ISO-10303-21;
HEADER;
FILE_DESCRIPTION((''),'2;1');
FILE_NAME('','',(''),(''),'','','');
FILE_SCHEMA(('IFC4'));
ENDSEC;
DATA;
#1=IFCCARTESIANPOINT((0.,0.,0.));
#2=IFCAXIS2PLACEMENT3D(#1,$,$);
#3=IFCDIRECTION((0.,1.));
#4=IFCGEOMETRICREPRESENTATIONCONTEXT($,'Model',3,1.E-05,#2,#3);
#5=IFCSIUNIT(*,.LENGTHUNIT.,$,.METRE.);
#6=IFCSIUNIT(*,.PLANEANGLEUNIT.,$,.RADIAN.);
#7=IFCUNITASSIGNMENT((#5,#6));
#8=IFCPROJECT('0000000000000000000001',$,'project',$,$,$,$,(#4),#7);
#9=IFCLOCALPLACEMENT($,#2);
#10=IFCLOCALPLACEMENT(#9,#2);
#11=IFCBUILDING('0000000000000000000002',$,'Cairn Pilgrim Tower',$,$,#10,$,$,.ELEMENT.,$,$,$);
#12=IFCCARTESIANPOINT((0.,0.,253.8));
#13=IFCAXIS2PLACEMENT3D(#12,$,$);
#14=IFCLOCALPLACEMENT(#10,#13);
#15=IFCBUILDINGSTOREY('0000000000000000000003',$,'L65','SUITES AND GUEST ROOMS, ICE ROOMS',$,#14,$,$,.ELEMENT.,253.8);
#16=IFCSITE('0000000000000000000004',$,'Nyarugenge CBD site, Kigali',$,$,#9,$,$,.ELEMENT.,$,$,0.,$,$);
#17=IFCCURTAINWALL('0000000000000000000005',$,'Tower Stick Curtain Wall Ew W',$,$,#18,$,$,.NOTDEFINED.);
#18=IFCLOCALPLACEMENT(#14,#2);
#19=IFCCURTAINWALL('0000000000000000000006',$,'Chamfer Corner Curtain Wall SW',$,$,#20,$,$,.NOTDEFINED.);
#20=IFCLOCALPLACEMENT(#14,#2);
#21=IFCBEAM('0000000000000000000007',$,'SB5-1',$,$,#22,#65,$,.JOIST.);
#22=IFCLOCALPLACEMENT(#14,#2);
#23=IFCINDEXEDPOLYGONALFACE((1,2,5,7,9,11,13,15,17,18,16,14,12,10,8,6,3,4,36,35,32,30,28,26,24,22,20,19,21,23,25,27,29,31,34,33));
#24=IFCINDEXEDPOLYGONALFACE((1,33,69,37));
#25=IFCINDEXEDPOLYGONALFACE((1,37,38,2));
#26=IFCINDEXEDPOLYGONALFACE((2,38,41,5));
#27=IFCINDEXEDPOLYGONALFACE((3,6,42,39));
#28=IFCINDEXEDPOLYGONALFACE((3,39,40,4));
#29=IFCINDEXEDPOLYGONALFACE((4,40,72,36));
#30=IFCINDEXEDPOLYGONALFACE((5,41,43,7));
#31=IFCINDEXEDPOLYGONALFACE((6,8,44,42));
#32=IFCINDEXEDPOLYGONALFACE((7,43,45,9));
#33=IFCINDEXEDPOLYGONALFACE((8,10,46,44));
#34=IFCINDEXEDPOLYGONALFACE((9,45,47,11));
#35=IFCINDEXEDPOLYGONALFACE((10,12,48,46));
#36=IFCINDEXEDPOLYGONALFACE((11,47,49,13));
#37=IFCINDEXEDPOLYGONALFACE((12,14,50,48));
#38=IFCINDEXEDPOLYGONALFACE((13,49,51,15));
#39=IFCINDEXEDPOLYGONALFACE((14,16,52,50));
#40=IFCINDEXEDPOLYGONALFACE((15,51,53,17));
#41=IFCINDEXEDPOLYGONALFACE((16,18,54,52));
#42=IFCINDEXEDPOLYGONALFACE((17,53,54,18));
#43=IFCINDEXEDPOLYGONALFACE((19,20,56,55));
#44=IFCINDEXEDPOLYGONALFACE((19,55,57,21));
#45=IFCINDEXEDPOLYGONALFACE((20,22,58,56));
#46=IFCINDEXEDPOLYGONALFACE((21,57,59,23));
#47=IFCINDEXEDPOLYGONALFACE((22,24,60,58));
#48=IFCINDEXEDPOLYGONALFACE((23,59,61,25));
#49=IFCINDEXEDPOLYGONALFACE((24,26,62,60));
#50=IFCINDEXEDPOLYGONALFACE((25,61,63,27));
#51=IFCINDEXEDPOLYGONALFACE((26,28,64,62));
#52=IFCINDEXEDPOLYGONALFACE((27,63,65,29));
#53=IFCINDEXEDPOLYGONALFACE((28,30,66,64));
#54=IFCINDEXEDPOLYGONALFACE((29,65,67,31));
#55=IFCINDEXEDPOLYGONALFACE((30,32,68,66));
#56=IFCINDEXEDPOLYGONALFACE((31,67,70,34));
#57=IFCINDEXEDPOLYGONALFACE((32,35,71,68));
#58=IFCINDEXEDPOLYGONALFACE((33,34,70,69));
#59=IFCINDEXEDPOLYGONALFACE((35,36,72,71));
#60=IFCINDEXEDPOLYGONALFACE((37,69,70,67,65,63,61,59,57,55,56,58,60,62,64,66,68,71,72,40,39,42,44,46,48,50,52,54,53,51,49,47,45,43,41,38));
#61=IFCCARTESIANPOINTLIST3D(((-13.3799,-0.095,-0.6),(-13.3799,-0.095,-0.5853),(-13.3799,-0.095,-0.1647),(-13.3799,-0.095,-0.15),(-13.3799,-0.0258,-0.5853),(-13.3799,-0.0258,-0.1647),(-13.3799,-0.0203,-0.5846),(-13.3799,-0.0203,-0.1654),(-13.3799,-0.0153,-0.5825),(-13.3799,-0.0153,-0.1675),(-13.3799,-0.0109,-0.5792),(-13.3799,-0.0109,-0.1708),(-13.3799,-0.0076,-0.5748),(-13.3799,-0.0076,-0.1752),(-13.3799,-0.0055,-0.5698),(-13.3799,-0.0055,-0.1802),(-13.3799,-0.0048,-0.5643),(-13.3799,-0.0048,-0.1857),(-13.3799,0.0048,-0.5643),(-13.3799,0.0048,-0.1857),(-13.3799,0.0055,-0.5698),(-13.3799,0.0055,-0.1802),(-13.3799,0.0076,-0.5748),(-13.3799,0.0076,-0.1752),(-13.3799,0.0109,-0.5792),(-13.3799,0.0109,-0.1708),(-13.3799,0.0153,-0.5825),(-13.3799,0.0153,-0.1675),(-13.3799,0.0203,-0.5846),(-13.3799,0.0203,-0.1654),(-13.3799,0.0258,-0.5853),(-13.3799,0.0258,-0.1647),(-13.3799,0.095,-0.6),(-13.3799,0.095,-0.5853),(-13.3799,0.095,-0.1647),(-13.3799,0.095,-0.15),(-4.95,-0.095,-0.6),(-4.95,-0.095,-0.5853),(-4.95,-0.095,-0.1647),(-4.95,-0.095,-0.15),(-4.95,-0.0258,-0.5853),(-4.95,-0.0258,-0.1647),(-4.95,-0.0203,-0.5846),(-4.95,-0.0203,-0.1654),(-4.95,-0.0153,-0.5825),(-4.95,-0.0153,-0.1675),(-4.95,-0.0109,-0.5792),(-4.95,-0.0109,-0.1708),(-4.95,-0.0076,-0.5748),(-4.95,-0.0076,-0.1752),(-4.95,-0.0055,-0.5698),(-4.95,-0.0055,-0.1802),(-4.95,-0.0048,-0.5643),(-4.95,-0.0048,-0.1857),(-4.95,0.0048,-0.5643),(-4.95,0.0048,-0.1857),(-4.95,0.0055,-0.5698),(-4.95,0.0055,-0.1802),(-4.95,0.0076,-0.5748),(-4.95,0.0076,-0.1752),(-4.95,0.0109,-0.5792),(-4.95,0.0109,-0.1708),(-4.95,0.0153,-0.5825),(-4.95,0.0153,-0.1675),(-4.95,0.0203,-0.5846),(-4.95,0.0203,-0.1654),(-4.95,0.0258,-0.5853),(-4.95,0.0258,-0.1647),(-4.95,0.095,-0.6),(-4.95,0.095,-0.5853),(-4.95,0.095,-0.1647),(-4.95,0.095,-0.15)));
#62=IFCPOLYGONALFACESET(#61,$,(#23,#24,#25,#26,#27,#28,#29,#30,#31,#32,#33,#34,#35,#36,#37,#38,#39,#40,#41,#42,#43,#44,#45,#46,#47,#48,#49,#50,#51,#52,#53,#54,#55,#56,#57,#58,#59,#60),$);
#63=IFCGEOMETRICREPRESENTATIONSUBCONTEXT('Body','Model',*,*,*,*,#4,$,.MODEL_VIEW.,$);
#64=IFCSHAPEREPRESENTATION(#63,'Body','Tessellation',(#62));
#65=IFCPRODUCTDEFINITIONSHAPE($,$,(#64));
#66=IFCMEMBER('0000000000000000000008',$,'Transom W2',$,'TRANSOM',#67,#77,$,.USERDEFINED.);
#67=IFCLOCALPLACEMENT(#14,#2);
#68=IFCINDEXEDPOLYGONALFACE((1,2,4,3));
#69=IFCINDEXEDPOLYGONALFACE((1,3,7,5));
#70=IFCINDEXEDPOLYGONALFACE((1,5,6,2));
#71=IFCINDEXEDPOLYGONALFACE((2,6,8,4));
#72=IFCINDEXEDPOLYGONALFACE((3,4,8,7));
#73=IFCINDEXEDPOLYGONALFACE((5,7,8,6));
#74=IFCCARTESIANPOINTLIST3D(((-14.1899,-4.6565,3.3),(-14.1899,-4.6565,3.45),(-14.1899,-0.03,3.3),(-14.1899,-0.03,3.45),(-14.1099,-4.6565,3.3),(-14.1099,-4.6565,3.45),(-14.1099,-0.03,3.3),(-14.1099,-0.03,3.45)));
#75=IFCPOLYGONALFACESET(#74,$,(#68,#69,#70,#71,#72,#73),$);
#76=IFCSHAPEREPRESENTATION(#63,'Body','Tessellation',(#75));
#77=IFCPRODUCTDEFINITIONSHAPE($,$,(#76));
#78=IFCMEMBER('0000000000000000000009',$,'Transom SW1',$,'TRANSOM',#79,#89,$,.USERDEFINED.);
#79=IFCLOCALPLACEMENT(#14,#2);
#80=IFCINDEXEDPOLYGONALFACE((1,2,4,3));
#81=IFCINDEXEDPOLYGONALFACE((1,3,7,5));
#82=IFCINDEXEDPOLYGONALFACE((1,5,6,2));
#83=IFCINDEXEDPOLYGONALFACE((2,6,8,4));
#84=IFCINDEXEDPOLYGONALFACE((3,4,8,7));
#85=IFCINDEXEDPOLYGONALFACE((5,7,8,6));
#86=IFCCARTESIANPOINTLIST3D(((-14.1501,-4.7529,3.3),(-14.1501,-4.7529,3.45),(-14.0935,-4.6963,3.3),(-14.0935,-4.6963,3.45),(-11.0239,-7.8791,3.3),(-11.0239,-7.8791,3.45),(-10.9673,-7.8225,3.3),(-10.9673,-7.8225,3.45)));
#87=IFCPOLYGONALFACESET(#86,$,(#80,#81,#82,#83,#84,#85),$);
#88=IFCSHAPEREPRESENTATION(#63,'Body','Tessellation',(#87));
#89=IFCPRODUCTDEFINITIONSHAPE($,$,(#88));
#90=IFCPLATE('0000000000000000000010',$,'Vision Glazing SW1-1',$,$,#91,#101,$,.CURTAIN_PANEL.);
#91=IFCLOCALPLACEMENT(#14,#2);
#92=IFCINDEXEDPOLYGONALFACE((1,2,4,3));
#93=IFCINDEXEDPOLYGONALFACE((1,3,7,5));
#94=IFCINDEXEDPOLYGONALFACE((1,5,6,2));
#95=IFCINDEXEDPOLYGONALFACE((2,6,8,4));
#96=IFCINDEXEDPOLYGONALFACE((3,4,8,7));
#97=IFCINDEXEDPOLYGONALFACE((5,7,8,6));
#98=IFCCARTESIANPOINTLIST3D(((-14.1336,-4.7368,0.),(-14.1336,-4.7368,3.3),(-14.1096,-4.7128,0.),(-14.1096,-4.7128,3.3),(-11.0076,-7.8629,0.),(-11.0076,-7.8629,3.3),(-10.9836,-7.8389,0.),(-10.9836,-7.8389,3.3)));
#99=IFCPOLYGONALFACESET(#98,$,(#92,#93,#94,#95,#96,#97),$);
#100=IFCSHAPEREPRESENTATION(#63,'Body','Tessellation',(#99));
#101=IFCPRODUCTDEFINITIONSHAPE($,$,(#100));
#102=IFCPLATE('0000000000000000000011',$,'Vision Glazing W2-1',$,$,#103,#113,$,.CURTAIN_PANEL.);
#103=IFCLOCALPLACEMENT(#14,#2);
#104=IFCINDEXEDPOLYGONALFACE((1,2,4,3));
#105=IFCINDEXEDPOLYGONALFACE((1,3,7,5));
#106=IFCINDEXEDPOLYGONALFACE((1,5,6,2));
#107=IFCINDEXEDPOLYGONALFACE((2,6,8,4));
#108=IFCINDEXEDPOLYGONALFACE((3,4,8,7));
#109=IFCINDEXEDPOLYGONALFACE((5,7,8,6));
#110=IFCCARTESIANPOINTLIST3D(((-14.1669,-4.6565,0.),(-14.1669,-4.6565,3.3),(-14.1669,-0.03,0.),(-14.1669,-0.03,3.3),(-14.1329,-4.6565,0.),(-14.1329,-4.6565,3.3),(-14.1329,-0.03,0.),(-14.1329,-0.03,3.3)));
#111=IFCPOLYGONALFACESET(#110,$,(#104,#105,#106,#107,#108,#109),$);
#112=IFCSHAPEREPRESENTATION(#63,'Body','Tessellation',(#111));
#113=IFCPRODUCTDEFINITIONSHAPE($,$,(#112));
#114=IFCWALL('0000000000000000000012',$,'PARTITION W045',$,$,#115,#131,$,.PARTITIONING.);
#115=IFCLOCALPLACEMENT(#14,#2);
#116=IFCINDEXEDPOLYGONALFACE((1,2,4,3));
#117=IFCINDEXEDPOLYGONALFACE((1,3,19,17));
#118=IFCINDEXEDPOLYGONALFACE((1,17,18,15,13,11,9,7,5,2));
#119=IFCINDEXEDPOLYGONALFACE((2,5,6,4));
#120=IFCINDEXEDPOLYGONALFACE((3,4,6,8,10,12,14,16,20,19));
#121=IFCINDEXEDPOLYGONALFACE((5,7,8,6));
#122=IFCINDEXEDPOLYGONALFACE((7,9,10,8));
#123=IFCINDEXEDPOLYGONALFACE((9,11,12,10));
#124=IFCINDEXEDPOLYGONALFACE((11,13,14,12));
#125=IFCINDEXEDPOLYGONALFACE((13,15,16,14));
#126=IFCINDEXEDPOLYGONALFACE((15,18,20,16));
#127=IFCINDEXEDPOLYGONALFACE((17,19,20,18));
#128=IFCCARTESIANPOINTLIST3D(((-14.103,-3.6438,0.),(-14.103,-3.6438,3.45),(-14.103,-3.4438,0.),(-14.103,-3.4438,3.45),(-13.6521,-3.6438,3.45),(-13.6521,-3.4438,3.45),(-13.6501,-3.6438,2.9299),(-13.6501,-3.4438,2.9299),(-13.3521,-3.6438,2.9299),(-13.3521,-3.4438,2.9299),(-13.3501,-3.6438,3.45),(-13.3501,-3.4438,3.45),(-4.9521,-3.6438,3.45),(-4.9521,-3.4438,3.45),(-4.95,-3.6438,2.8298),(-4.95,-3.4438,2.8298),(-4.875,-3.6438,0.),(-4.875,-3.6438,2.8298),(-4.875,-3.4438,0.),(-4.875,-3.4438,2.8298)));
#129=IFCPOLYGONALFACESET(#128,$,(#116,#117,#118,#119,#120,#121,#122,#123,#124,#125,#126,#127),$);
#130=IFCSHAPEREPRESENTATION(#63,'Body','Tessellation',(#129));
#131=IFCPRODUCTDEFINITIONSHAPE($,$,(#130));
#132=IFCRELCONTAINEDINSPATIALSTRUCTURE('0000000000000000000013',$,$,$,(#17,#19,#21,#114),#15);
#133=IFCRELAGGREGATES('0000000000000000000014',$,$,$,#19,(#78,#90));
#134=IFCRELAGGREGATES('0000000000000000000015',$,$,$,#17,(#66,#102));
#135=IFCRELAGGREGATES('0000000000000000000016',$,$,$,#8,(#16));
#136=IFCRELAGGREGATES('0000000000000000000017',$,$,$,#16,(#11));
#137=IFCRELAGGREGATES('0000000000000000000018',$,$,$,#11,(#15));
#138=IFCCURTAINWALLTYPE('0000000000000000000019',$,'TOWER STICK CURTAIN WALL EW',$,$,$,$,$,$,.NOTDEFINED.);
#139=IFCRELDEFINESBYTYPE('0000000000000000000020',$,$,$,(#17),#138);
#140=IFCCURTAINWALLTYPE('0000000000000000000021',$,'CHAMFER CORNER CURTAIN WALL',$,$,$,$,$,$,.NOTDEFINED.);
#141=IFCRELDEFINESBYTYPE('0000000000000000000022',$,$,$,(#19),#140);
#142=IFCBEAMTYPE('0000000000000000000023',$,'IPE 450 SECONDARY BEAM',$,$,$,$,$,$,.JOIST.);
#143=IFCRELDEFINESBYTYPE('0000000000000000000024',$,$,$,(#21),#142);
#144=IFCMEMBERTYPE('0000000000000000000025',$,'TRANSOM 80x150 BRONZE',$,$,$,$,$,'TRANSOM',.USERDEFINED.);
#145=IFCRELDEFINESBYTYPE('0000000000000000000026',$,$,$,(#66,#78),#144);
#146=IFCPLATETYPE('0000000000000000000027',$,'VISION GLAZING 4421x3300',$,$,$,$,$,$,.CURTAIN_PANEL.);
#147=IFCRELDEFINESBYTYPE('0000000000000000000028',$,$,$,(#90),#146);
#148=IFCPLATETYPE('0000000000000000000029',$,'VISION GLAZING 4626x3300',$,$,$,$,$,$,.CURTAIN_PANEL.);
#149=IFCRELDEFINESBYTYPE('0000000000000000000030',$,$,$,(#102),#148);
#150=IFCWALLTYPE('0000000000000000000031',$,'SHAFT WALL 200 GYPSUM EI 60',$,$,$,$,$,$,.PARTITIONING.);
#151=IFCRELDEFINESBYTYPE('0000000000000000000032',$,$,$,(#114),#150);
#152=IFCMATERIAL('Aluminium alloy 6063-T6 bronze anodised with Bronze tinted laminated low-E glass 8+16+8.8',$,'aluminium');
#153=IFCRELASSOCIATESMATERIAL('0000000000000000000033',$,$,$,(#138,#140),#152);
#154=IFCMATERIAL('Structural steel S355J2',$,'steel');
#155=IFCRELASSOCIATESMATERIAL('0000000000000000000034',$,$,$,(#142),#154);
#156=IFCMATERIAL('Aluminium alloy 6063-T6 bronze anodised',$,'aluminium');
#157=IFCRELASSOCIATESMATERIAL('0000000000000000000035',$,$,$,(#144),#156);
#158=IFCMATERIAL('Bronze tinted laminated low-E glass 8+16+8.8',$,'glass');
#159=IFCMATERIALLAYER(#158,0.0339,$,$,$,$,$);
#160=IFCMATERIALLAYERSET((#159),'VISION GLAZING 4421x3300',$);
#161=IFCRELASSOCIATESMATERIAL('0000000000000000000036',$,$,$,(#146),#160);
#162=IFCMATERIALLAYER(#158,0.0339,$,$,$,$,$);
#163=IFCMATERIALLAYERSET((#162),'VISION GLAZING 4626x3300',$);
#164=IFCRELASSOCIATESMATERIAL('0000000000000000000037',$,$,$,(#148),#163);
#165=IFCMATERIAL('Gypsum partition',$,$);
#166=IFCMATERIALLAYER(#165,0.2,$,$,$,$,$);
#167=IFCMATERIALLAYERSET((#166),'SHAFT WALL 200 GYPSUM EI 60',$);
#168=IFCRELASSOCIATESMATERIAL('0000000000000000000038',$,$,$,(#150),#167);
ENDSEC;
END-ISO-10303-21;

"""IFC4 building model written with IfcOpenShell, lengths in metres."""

from ifc_helpers import new_model, si_unit, direction, frame, origin, origin_2d, place, context, subcontext, project, spatial, polyline, rectangle, i_section, outline, extrude, material, layer, layer_set, material_profile, profile_set, type_object, element, aggregate, save


model = new_model("IFC4")

# Units and contexts
model_context = context("Model", 3, precision=1e-05, world=origin(), true_north=direction((0.0, 1.0)))
body_context = subcontext(model_context, "Body", "Model", "MODEL_VIEW")
ifc_project = project(units=[si_unit("LENGTHUNIT", "METRE"), si_unit("PLANEANGLEUNIT", "RADIAN")], contexts=[model_context])

# Site, building, storey
site_placement = place(None, origin())
site = spatial("IfcSite", under=ifc_project, at=site_placement, Name="Nyarugenge CBD site, Kigali", CompositionType="ELEMENT", RefElevation=0.0)
building_placement = place(site_placement, origin())
building = spatial("IfcBuilding", under=site, at=building_placement, Name="Cairn Pilgrim Tower", CompositionType="ELEMENT")
storey_placement = place(building_placement, frame((0.0, 0.0, 253.8)))
storey = spatial("IfcBuildingStorey", under=building, at=storey_placement, Name="L65", Description="SUITES AND GUEST ROOMS, ICE ROOMS", CompositionType="ELEMENT", Elevation=253.8)

# Curtain walls
ifc_material_1 = material(Name="Aluminium alloy 6063-T6 bronze anodised with Bronze tinted laminated low-E glass 8+16+8.8", Category="aluminium")
curtain_wall_type_1 = type_object("IfcCurtainWallType", Name="TOWER STICK CURTAIN WALL EW", PredefinedType="NOTDEFINED", material=ifc_material_1)
curtain_wall_1_placement = place(storey_placement, origin())
curtain_wall_1 = element("IfcCurtainWall", 1, at=curtain_wall_1_placement, inside=storey, type_object=curtain_wall_type_1, Name="Tower Stick Curtain Wall Ew W", PredefinedType="NOTDEFINED")
ifc_material_2 = material(Name="Aluminium alloy 6063-T6 bronze anodised", Category="aluminium")
curtain_wall_type_2 = type_object("IfcCurtainWallType", Name="CHAMFER CORNER CURTAIN WALL", PredefinedType="NOTDEFINED", material=ifc_material_1)
curtain_wall_2_placement = place(storey_placement, origin())
curtain_wall_2 = element("IfcCurtainWall", 2, at=curtain_wall_2_placement, inside=storey, type_object=curtain_wall_type_2, Name="Chamfer Corner Curtain Wall SW", PredefinedType="NOTDEFINED")

# Beam
ifc_material_3 = material(Name="Structural steel S355J2", Category="steel")
ifc_material_profile_1 = material_profile(ifc_material_3, i_section(OverallWidth=0.1899, OverallDepth=0.45, WebThickness=0.0095, FlangeThickness=0.0146, FilletRadius=0.021, at=origin_2d()), Name="IPE 450")
ifc_profile_set_1 = profile_set([ifc_material_profile_1], Name="Structural steel S355J2")
beam_type_1 = type_object("IfcBeamType", Name="IPE 450 SECONDARY BEAM", PredefinedType="JOIST", material=ifc_profile_set_1)
beam_1_placement = place(storey_placement, frame((-13.3799, 0.0, -0.375), z_axis=(1.0, 0.0, 0.0), x_axis=(0.0, 1.0, 0.0)))
element("IfcBeam", 3, at=beam_1_placement, inside=storey, type_object=beam_type_1, Name="SB5-1", PredefinedType="JOIST", context=body_context, shape_type="SweptSolid", body=[
    extrude(i_section(OverallWidth=0.1899, OverallDepth=0.45, WebThickness=0.0095, FlangeThickness=0.0146, FilletRadius=0.021, at=origin_2d()), origin(), (0.0, 0.0, 1.0), 8.4299),
])

# Members
ifc_material_profile_2 = material_profile(ifc_material_2, rectangle(XDim=0.0801, YDim=0.1499, at=origin_2d()), Name="TRANSOM 80x150 BRONZE")
ifc_profile_set_2 = profile_set([ifc_material_profile_2], Name="Aluminium alloy 6063-T6 bronze anodised")
member_type_1 = type_object("IfcMemberType", Name="TRANSOM 80x150 BRONZE", ElementType="TRANSOM", PredefinedType="USERDEFINED", material=ifc_profile_set_2)
member_1_placement = place(storey_placement, frame((-14.1499, -0.03, 3.375), z_axis=(0.0, -1.0, 0.0), x_axis=(1.0, 0.0, 0.0)))
member_1 = element("IfcMember", 4, at=member_1_placement, type_object=member_type_1, Name="Transom W2", ObjectType="TRANSOM", PredefinedType="USERDEFINED", context=body_context, shape_type="SweptSolid", body=[
    extrude(rectangle(XDim=0.0801, YDim=0.1499, at=origin_2d()), origin(), (0.0, 0.0, 1.0), 4.6265),
])
member_2_placement = place(storey_placement, frame((-14.1218, -4.7246, 3.375), z_axis=(0.707107, -0.707107, 0.0), x_axis=(0.707107, 0.707107, 0.0)))
member_2 = element("IfcMember", 5, at=member_2_placement, type_object=member_type_1, Name="Transom SW1", ObjectType="TRANSOM", PredefinedType="USERDEFINED", context=body_context, shape_type="SweptSolid", body=[
    extrude(rectangle(XDim=0.0801, YDim=0.1499, at=origin_2d()), origin(), (0.0, 0.0, 1.0), 4.4211),
])

# Plates
ifc_material_4 = material(Name="Bronze tinted laminated low-E glass 8+16+8.8", Category="glass")
ifc_layer_1 = layer(ifc_material_4, 0.0339)
ifc_layer_set_1 = layer_set([ifc_layer_1], Name="VISION GLAZING 4421x3300")
plate_type_1 = type_object("IfcPlateType", Name="VISION GLAZING 4421x3300", PredefinedType="CURTAIN_PANEL", material=ifc_layer_set_1)
plate_1_placement = place(storey_placement, frame((-12.5586, -6.2878, 0.0), z_axis=(0.0, 0.0, 1.0), x_axis=(0.707107, -0.707107, 0.0)))
plate_1 = element("IfcPlate", 6, at=plate_1_placement, type_object=plate_type_1, Name="Vision Glazing SW1-1", PredefinedType="CURTAIN_PANEL", context=body_context, shape_type="SweptSolid", body=[
    extrude(rectangle(XDim=4.4209, YDim=0.0339, at=origin_2d()), origin(), (0.0, 0.0, 1.0), 3.3),
])
aggregate(curtain_wall_2, [member_2, plate_1])
ifc_layer_2 = layer(ifc_material_4, 0.0339)
ifc_layer_set_2 = layer_set([ifc_layer_2], Name="VISION GLAZING 4626x3300")
plate_type_2 = type_object("IfcPlateType", Name="VISION GLAZING 4626x3300", PredefinedType="CURTAIN_PANEL", material=ifc_layer_set_2)
plate_2_placement = place(storey_placement, frame((-14.1499, -2.3433, 0.0), z_axis=(0.0, 0.0, 1.0), x_axis=(0.0, -1.0, 0.0)))
plate_2 = element("IfcPlate", 7, at=plate_2_placement, type_object=plate_type_2, Name="Vision Glazing W2-1", PredefinedType="CURTAIN_PANEL", context=body_context, shape_type="SweptSolid", body=[
    extrude(rectangle(XDim=4.6265, YDim=0.0339, at=origin_2d()), origin(), (0.0, 0.0, 1.0), 3.3),
])
aggregate(curtain_wall_1, [member_1, plate_2])

# Wall
ifc_material_5 = material(Name="Gypsum partition")
ifc_layer_3 = layer(ifc_material_5, 0.2)
ifc_layer_set_3 = layer_set([ifc_layer_3], Name="SHAFT WALL 200 GYPSUM EI 60")
wall_type = type_object("IfcWallType", Name="SHAFT WALL 200 GYPSUM EI 60", PredefinedType="PARTITIONING", material=ifc_layer_set_3)
wall_placement = place(storey_placement, frame((-14.103, -3.5439, 0.0), z_axis=(0.0, 0.0, 1.0), x_axis=(1.0, 0.0, 0.0)))
element("IfcWall", 8, at=wall_placement, inside=storey, type_object=wall_type, Name="PARTITION W045", PredefinedType="PARTITIONING", context=body_context, shape_type="SweptSolid", body=[
    extrude(outline(polyline([(0.0, 0.0), (9.228, 0.0), (9.228, 2.8298), (9.1531, 2.8298), (9.1509, 3.45), (0.7529, 3.45), (0.751, 2.9299), (0.4529, 2.9299), (0.4509, 3.45), (0.0, 3.45), (0.0, 0.0)])), frame((0.0, 0.1001, 0.0), z_axis=(0.0, -1.0, 0.0), x_axis=(1.0, 0.0, 0.0)), (0.0, 0.0, 1.0), 0.2),
])

save(model, "model.ifc")
